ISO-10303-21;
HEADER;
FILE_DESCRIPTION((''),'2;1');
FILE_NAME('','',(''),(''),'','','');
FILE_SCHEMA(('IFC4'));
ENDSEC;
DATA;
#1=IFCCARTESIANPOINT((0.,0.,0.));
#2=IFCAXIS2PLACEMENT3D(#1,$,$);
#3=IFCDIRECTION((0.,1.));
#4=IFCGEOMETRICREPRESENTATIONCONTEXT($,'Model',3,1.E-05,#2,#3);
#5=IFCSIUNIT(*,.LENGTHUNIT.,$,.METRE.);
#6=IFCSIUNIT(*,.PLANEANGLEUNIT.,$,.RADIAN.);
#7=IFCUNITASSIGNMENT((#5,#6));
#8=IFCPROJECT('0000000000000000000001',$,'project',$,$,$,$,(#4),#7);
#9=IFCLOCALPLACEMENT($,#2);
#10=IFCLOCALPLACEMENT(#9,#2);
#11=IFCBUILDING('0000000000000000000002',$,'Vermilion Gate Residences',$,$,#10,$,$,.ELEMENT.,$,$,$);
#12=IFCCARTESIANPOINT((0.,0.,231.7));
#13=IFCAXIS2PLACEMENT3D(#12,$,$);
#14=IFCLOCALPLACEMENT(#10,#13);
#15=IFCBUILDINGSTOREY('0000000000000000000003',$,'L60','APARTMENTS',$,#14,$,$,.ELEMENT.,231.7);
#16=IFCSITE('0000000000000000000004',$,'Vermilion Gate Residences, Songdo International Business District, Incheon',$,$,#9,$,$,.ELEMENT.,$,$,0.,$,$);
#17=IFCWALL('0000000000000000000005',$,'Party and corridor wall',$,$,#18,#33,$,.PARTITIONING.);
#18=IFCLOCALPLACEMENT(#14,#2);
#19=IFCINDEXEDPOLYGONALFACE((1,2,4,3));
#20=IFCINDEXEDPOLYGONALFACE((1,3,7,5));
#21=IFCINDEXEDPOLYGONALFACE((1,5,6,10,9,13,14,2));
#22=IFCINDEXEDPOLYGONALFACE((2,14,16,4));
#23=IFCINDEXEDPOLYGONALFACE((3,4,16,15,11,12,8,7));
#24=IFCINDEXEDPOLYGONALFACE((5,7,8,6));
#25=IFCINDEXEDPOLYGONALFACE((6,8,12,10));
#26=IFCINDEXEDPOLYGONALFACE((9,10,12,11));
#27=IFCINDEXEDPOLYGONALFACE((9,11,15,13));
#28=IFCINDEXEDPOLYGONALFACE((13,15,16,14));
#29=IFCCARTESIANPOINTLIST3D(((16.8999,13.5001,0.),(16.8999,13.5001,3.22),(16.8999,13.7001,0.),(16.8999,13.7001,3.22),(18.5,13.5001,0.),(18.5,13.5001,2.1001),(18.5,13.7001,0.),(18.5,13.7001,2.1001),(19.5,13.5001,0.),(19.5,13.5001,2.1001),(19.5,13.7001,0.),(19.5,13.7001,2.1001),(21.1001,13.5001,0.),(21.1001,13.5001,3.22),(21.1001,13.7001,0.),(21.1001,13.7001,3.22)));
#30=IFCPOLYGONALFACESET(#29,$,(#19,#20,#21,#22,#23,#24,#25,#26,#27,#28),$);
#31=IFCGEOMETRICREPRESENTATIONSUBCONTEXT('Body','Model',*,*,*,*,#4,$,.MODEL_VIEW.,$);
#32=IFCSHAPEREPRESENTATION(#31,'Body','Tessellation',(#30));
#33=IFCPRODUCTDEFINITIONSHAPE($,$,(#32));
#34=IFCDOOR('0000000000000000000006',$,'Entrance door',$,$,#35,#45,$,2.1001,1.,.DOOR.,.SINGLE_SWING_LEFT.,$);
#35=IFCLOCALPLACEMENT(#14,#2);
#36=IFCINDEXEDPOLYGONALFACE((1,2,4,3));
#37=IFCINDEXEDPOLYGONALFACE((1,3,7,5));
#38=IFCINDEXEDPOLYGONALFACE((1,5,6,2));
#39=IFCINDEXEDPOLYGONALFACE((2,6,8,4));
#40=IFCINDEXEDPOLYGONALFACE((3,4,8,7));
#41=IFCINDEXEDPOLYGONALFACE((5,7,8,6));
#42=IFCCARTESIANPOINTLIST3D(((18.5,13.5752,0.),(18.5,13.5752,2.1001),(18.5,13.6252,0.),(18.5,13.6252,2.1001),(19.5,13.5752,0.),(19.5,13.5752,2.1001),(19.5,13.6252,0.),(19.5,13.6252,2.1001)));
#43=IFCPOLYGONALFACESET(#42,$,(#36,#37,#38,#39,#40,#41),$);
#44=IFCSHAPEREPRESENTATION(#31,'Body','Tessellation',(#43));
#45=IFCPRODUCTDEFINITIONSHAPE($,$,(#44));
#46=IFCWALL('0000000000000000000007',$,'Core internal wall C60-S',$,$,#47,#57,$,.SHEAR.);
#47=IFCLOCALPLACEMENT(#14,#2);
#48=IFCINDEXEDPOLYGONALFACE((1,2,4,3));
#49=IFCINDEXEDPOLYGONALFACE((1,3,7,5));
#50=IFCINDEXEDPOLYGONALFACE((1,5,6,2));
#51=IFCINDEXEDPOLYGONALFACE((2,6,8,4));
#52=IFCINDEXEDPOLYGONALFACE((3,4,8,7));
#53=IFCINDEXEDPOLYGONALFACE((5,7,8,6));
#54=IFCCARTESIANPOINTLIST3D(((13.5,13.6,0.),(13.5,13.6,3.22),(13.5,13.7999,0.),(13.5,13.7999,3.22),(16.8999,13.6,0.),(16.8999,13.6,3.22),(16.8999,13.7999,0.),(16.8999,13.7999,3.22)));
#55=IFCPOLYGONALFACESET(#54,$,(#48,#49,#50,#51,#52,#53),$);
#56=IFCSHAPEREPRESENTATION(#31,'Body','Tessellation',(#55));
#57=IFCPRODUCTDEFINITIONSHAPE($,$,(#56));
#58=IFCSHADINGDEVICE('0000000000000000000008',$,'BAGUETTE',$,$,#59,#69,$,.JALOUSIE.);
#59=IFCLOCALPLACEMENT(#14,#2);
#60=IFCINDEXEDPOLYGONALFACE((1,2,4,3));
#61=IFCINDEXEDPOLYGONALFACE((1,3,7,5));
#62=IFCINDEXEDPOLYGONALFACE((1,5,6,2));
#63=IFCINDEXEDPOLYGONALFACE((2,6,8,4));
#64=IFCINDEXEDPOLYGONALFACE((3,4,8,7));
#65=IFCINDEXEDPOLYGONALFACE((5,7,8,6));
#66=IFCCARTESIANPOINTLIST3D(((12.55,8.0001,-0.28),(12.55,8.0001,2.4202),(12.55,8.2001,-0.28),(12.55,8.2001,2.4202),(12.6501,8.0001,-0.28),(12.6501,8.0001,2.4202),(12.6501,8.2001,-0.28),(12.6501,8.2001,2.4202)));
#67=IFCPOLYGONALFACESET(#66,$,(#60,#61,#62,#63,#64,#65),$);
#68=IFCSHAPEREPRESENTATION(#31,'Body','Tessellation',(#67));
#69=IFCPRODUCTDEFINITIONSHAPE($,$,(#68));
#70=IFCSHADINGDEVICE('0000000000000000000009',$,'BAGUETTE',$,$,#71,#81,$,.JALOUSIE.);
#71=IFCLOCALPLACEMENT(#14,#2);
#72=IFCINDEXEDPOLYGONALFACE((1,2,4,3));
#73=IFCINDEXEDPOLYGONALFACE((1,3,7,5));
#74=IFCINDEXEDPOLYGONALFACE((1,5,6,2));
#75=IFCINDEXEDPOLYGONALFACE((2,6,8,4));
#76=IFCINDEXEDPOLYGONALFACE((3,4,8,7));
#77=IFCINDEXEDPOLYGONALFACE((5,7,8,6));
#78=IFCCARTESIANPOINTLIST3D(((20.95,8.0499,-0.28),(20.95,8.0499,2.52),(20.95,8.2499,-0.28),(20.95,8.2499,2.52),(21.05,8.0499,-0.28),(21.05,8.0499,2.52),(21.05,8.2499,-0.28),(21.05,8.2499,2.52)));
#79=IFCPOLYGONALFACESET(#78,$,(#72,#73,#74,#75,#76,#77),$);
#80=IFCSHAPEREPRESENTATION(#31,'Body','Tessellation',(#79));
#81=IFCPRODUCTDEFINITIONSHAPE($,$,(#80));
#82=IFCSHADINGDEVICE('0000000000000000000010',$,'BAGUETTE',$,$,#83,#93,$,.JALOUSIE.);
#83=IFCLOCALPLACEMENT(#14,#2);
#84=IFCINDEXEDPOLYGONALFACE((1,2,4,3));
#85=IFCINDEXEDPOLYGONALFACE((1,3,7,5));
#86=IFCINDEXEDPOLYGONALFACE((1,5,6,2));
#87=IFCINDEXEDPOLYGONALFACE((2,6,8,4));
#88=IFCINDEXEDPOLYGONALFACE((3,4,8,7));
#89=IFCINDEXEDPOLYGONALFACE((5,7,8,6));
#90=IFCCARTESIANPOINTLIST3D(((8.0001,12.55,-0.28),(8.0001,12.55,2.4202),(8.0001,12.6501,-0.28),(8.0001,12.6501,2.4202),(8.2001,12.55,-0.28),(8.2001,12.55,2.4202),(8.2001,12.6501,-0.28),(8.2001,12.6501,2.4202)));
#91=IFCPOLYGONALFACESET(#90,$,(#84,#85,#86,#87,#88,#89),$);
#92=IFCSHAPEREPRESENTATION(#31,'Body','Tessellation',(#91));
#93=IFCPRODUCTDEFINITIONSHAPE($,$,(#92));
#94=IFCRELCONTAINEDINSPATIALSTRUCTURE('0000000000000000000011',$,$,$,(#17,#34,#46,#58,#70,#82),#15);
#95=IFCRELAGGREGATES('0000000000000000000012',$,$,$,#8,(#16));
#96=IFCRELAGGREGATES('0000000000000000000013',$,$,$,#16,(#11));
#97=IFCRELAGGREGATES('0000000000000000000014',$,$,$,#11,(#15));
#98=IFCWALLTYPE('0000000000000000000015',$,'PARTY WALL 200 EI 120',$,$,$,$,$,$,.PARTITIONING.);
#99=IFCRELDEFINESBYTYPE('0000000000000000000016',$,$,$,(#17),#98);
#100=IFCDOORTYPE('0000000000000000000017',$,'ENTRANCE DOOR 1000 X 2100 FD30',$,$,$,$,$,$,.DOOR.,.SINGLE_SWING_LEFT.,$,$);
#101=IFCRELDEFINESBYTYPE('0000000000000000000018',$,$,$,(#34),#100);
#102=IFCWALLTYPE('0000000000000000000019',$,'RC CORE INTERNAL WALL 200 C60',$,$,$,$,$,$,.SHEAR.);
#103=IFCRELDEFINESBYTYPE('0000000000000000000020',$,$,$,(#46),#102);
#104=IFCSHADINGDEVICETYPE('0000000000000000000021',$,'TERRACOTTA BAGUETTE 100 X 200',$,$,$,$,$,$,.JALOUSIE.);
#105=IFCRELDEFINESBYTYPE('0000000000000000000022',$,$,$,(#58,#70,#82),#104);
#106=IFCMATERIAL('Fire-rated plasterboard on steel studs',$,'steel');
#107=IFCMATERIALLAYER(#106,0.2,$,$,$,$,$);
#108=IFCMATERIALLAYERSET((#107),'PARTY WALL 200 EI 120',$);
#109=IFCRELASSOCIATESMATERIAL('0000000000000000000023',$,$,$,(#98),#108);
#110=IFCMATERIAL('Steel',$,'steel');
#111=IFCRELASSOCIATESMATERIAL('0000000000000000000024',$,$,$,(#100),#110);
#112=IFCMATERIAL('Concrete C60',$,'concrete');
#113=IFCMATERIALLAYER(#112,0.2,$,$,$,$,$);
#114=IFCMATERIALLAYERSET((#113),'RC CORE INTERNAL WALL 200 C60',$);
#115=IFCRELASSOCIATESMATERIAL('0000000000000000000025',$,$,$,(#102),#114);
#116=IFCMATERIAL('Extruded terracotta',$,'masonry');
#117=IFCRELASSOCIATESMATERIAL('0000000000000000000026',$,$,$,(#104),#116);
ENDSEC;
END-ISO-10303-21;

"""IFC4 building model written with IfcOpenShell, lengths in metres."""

from ifc_helpers import new_model, si_unit, direction, frame, frame_2d, origin, origin_2d, place, context, subcontext, project, spatial, rectangle, extrude, material, layer, layer_set, material_profile, profile_set, type_object, element, fill, save


model = new_model("IFC4")

# Units and contexts
model_context = context("Model", 3, precision=1e-05, world=origin(), true_north=direction((0.0, 1.0)))
body_context = subcontext(model_context, "Body", "Model", "MODEL_VIEW")
ifc_project = project(units=[si_unit("LENGTHUNIT", "METRE"), si_unit("PLANEANGLEUNIT", "RADIAN")], contexts=[model_context])

# Site, building, storey
site_placement = place(None, origin())
site = spatial("IfcSite", under=ifc_project, at=site_placement, Name="Vermilion Gate Residences, Songdo International Business District, Incheon", CompositionType="ELEMENT", RefElevation=0.0)
building_placement = place(site_placement, origin())
building = spatial("IfcBuilding", under=site, at=building_placement, Name="Vermilion Gate Residences", CompositionType="ELEMENT")
storey_placement = place(building_placement, frame((0.0, 0.0, 231.7)))
storey = spatial("IfcBuildingStorey", under=building, at=storey_placement, Name="L60", Description="APARTMENTS", CompositionType="ELEMENT", Elevation=231.7)

# Wall, opening, door
ifc_material_1 = material(Name="Fire-rated plasterboard on steel studs", Category="steel")
ifc_layer_1 = layer(ifc_material_1, 0.2)
ifc_layer_set_1 = layer_set([ifc_layer_1], Name="PARTY WALL 200 EI 120")
wall_type_1 = type_object("IfcWallType", Name="PARTY WALL 200 EI 120", PredefinedType="PARTITIONING", material=ifc_layer_set_1)
wall_1_placement = place(storey_placement, frame((16.8999, 13.6001, 0.0), z_axis=(0.0, 0.0, 1.0), x_axis=(1.0, 0.0, 0.0)))
wall_1 = element("IfcWall", 1, at=wall_1_placement, inside=storey, type_object=wall_type_1, Name="Party and corridor wall", PredefinedType="PARTITIONING", context=body_context, shape_type="SweptSolid", body=[
    extrude(rectangle(XDim=4.2002, YDim=0.2, at=frame_2d((2.1001, 0.0))), origin(), (0.0, 0.0, 1.0), 3.22),
])
opening_1_placement = place(wall_1_placement, frame((1.6001, 0.0, 0.0)))
opening_1 = element("IfcOpeningElement", 2, at=opening_1_placement, cuts=wall_1, PredefinedType="OPENING", context=body_context, shape_type="SweptSolid", body=[
    extrude(rectangle(XDim=1.0, YDim=2.1001, at=frame_2d((0.5, 1.05))), frame((0.0, 0.1099, 0.0), z_axis=(0.0, -1.0, 0.0), x_axis=(1.0, 0.0, 0.0)), (0.0, 0.0, 1.0), 0.22),
])
ifc_material_2 = material(Name="Steel", Category="steel")
door_type_1 = type_object("IfcDoorType", Name="ENTRANCE DOOR 1000 X 2100 FD30", OperationType="SINGLE_SWING_LEFT", PredefinedType="DOOR", material=ifc_material_2)
door_1_placement = place(opening_1_placement, frame((1.0, 0.0, 0.0), z_axis=(0.0, 0.0, 1.0), x_axis=(-1.0, 0.0, 0.0)))
door_1 = element("IfcDoor", 3, at=door_1_placement, inside=storey, type_object=door_type_1, Name="Entrance door", OperationType="SINGLE_SWING_LEFT", OverallHeight=2.1001, OverallWidth=1.0, PredefinedType="DOOR", context=body_context, shape_type="SweptSolid", body=[
    extrude(rectangle(XDim=1.0, YDim=2.1001, at=frame_2d((0.5, 1.05))), frame((0.0, 0.0249, 0.0), z_axis=(0.0, -1.0, 0.0), x_axis=(1.0, 0.0, 0.0)), (0.0, 0.0, 1.0), 0.05),
])
fill(opening_1, door_1)

# Wall
ifc_material_3 = material(Name="Concrete C60", Category="concrete")
ifc_layer_2 = layer(ifc_material_3, 0.2)
ifc_layer_set_2 = layer_set([ifc_layer_2], Name="RC CORE INTERNAL WALL 200 C60")
wall_type_2 = type_object("IfcWallType", Name="RC CORE INTERNAL WALL 200 C60", PredefinedType="SHEAR", material=ifc_layer_set_2)
wall_2_placement = place(storey_placement, frame((13.5, 13.7, 0.0), z_axis=(0.0, 0.0, 1.0), x_axis=(1.0, 0.0, 0.0)))
element("IfcWall", 4, at=wall_2_placement, inside=storey, type_object=wall_type_2, Name="Core internal wall C60-S", PredefinedType="SHEAR", context=body_context, shape_type="SweptSolid", body=[
    extrude(rectangle(XDim=3.3999, YDim=0.2, at=frame_2d((1.7, 0.0))), origin(), (0.0, 0.0, 1.0), 3.22),
])

# Shading devices
ifc_material_4 = material(Name="Extruded terracotta", Category="masonry")
ifc_material_profile_1 = material_profile(ifc_material_4, rectangle(XDim=0.2, YDim=0.1001, at=origin_2d()), Name="BAGUETTE 100 X 200")
ifc_profile_set_1 = profile_set([ifc_material_profile_1], Name="Extruded terracotta")
shading_device_type = type_object("IfcShadingDeviceType", Name="TERRACOTTA BAGUETTE 100 X 200", PredefinedType="JALOUSIE", material=ifc_profile_set_1)
shading_device_1_placement = place(storey_placement, frame((12.6001, 8.1001, -0.28), z_axis=(0.0, 0.0, 1.0), x_axis=(0.0, 1.0, 0.0)))
element("IfcShadingDevice", 5, at=shading_device_1_placement, inside=storey, type_object=shading_device_type, Name="BAGUETTE", PredefinedType="JALOUSIE", context=body_context, shape_type="SweptSolid", body=[
    extrude(rectangle(XDim=0.2, YDim=0.1001, at=origin_2d()), origin(), (0.0, 0.0, 1.0), 2.7002),
])
shading_device_2_placement = place(storey_placement, frame((21.0, 8.1499, -0.28), z_axis=(0.0, 0.0, 1.0), x_axis=(0.0, 1.0, 0.0)))
element("IfcShadingDevice", 6, at=shading_device_2_placement, inside=storey, type_object=shading_device_type, Name="BAGUETTE", PredefinedType="JALOUSIE", context=body_context, shape_type="SweptSolid", body=[
    extrude(rectangle(XDim=0.2, YDim=0.1001, at=origin_2d()), origin(), (0.0, 0.0, 1.0), 2.8),
])
shading_device_3_placement = place(storey_placement, frame((8.1001, 12.6001, -0.28), z_axis=(0.0, 0.0, 1.0), x_axis=(1.0, 0.0, 0.0)))
element("IfcShadingDevice", 7, at=shading_device_3_placement, inside=storey, type_object=shading_device_type, Name="BAGUETTE", PredefinedType="JALOUSIE", context=body_context, shape_type="SweptSolid", body=[
    extrude(rectangle(XDim=0.2, YDim=0.1001, at=origin_2d()), origin(), (0.0, 0.0, 1.0), 2.7002),
])

save(model, "model.ifc")
